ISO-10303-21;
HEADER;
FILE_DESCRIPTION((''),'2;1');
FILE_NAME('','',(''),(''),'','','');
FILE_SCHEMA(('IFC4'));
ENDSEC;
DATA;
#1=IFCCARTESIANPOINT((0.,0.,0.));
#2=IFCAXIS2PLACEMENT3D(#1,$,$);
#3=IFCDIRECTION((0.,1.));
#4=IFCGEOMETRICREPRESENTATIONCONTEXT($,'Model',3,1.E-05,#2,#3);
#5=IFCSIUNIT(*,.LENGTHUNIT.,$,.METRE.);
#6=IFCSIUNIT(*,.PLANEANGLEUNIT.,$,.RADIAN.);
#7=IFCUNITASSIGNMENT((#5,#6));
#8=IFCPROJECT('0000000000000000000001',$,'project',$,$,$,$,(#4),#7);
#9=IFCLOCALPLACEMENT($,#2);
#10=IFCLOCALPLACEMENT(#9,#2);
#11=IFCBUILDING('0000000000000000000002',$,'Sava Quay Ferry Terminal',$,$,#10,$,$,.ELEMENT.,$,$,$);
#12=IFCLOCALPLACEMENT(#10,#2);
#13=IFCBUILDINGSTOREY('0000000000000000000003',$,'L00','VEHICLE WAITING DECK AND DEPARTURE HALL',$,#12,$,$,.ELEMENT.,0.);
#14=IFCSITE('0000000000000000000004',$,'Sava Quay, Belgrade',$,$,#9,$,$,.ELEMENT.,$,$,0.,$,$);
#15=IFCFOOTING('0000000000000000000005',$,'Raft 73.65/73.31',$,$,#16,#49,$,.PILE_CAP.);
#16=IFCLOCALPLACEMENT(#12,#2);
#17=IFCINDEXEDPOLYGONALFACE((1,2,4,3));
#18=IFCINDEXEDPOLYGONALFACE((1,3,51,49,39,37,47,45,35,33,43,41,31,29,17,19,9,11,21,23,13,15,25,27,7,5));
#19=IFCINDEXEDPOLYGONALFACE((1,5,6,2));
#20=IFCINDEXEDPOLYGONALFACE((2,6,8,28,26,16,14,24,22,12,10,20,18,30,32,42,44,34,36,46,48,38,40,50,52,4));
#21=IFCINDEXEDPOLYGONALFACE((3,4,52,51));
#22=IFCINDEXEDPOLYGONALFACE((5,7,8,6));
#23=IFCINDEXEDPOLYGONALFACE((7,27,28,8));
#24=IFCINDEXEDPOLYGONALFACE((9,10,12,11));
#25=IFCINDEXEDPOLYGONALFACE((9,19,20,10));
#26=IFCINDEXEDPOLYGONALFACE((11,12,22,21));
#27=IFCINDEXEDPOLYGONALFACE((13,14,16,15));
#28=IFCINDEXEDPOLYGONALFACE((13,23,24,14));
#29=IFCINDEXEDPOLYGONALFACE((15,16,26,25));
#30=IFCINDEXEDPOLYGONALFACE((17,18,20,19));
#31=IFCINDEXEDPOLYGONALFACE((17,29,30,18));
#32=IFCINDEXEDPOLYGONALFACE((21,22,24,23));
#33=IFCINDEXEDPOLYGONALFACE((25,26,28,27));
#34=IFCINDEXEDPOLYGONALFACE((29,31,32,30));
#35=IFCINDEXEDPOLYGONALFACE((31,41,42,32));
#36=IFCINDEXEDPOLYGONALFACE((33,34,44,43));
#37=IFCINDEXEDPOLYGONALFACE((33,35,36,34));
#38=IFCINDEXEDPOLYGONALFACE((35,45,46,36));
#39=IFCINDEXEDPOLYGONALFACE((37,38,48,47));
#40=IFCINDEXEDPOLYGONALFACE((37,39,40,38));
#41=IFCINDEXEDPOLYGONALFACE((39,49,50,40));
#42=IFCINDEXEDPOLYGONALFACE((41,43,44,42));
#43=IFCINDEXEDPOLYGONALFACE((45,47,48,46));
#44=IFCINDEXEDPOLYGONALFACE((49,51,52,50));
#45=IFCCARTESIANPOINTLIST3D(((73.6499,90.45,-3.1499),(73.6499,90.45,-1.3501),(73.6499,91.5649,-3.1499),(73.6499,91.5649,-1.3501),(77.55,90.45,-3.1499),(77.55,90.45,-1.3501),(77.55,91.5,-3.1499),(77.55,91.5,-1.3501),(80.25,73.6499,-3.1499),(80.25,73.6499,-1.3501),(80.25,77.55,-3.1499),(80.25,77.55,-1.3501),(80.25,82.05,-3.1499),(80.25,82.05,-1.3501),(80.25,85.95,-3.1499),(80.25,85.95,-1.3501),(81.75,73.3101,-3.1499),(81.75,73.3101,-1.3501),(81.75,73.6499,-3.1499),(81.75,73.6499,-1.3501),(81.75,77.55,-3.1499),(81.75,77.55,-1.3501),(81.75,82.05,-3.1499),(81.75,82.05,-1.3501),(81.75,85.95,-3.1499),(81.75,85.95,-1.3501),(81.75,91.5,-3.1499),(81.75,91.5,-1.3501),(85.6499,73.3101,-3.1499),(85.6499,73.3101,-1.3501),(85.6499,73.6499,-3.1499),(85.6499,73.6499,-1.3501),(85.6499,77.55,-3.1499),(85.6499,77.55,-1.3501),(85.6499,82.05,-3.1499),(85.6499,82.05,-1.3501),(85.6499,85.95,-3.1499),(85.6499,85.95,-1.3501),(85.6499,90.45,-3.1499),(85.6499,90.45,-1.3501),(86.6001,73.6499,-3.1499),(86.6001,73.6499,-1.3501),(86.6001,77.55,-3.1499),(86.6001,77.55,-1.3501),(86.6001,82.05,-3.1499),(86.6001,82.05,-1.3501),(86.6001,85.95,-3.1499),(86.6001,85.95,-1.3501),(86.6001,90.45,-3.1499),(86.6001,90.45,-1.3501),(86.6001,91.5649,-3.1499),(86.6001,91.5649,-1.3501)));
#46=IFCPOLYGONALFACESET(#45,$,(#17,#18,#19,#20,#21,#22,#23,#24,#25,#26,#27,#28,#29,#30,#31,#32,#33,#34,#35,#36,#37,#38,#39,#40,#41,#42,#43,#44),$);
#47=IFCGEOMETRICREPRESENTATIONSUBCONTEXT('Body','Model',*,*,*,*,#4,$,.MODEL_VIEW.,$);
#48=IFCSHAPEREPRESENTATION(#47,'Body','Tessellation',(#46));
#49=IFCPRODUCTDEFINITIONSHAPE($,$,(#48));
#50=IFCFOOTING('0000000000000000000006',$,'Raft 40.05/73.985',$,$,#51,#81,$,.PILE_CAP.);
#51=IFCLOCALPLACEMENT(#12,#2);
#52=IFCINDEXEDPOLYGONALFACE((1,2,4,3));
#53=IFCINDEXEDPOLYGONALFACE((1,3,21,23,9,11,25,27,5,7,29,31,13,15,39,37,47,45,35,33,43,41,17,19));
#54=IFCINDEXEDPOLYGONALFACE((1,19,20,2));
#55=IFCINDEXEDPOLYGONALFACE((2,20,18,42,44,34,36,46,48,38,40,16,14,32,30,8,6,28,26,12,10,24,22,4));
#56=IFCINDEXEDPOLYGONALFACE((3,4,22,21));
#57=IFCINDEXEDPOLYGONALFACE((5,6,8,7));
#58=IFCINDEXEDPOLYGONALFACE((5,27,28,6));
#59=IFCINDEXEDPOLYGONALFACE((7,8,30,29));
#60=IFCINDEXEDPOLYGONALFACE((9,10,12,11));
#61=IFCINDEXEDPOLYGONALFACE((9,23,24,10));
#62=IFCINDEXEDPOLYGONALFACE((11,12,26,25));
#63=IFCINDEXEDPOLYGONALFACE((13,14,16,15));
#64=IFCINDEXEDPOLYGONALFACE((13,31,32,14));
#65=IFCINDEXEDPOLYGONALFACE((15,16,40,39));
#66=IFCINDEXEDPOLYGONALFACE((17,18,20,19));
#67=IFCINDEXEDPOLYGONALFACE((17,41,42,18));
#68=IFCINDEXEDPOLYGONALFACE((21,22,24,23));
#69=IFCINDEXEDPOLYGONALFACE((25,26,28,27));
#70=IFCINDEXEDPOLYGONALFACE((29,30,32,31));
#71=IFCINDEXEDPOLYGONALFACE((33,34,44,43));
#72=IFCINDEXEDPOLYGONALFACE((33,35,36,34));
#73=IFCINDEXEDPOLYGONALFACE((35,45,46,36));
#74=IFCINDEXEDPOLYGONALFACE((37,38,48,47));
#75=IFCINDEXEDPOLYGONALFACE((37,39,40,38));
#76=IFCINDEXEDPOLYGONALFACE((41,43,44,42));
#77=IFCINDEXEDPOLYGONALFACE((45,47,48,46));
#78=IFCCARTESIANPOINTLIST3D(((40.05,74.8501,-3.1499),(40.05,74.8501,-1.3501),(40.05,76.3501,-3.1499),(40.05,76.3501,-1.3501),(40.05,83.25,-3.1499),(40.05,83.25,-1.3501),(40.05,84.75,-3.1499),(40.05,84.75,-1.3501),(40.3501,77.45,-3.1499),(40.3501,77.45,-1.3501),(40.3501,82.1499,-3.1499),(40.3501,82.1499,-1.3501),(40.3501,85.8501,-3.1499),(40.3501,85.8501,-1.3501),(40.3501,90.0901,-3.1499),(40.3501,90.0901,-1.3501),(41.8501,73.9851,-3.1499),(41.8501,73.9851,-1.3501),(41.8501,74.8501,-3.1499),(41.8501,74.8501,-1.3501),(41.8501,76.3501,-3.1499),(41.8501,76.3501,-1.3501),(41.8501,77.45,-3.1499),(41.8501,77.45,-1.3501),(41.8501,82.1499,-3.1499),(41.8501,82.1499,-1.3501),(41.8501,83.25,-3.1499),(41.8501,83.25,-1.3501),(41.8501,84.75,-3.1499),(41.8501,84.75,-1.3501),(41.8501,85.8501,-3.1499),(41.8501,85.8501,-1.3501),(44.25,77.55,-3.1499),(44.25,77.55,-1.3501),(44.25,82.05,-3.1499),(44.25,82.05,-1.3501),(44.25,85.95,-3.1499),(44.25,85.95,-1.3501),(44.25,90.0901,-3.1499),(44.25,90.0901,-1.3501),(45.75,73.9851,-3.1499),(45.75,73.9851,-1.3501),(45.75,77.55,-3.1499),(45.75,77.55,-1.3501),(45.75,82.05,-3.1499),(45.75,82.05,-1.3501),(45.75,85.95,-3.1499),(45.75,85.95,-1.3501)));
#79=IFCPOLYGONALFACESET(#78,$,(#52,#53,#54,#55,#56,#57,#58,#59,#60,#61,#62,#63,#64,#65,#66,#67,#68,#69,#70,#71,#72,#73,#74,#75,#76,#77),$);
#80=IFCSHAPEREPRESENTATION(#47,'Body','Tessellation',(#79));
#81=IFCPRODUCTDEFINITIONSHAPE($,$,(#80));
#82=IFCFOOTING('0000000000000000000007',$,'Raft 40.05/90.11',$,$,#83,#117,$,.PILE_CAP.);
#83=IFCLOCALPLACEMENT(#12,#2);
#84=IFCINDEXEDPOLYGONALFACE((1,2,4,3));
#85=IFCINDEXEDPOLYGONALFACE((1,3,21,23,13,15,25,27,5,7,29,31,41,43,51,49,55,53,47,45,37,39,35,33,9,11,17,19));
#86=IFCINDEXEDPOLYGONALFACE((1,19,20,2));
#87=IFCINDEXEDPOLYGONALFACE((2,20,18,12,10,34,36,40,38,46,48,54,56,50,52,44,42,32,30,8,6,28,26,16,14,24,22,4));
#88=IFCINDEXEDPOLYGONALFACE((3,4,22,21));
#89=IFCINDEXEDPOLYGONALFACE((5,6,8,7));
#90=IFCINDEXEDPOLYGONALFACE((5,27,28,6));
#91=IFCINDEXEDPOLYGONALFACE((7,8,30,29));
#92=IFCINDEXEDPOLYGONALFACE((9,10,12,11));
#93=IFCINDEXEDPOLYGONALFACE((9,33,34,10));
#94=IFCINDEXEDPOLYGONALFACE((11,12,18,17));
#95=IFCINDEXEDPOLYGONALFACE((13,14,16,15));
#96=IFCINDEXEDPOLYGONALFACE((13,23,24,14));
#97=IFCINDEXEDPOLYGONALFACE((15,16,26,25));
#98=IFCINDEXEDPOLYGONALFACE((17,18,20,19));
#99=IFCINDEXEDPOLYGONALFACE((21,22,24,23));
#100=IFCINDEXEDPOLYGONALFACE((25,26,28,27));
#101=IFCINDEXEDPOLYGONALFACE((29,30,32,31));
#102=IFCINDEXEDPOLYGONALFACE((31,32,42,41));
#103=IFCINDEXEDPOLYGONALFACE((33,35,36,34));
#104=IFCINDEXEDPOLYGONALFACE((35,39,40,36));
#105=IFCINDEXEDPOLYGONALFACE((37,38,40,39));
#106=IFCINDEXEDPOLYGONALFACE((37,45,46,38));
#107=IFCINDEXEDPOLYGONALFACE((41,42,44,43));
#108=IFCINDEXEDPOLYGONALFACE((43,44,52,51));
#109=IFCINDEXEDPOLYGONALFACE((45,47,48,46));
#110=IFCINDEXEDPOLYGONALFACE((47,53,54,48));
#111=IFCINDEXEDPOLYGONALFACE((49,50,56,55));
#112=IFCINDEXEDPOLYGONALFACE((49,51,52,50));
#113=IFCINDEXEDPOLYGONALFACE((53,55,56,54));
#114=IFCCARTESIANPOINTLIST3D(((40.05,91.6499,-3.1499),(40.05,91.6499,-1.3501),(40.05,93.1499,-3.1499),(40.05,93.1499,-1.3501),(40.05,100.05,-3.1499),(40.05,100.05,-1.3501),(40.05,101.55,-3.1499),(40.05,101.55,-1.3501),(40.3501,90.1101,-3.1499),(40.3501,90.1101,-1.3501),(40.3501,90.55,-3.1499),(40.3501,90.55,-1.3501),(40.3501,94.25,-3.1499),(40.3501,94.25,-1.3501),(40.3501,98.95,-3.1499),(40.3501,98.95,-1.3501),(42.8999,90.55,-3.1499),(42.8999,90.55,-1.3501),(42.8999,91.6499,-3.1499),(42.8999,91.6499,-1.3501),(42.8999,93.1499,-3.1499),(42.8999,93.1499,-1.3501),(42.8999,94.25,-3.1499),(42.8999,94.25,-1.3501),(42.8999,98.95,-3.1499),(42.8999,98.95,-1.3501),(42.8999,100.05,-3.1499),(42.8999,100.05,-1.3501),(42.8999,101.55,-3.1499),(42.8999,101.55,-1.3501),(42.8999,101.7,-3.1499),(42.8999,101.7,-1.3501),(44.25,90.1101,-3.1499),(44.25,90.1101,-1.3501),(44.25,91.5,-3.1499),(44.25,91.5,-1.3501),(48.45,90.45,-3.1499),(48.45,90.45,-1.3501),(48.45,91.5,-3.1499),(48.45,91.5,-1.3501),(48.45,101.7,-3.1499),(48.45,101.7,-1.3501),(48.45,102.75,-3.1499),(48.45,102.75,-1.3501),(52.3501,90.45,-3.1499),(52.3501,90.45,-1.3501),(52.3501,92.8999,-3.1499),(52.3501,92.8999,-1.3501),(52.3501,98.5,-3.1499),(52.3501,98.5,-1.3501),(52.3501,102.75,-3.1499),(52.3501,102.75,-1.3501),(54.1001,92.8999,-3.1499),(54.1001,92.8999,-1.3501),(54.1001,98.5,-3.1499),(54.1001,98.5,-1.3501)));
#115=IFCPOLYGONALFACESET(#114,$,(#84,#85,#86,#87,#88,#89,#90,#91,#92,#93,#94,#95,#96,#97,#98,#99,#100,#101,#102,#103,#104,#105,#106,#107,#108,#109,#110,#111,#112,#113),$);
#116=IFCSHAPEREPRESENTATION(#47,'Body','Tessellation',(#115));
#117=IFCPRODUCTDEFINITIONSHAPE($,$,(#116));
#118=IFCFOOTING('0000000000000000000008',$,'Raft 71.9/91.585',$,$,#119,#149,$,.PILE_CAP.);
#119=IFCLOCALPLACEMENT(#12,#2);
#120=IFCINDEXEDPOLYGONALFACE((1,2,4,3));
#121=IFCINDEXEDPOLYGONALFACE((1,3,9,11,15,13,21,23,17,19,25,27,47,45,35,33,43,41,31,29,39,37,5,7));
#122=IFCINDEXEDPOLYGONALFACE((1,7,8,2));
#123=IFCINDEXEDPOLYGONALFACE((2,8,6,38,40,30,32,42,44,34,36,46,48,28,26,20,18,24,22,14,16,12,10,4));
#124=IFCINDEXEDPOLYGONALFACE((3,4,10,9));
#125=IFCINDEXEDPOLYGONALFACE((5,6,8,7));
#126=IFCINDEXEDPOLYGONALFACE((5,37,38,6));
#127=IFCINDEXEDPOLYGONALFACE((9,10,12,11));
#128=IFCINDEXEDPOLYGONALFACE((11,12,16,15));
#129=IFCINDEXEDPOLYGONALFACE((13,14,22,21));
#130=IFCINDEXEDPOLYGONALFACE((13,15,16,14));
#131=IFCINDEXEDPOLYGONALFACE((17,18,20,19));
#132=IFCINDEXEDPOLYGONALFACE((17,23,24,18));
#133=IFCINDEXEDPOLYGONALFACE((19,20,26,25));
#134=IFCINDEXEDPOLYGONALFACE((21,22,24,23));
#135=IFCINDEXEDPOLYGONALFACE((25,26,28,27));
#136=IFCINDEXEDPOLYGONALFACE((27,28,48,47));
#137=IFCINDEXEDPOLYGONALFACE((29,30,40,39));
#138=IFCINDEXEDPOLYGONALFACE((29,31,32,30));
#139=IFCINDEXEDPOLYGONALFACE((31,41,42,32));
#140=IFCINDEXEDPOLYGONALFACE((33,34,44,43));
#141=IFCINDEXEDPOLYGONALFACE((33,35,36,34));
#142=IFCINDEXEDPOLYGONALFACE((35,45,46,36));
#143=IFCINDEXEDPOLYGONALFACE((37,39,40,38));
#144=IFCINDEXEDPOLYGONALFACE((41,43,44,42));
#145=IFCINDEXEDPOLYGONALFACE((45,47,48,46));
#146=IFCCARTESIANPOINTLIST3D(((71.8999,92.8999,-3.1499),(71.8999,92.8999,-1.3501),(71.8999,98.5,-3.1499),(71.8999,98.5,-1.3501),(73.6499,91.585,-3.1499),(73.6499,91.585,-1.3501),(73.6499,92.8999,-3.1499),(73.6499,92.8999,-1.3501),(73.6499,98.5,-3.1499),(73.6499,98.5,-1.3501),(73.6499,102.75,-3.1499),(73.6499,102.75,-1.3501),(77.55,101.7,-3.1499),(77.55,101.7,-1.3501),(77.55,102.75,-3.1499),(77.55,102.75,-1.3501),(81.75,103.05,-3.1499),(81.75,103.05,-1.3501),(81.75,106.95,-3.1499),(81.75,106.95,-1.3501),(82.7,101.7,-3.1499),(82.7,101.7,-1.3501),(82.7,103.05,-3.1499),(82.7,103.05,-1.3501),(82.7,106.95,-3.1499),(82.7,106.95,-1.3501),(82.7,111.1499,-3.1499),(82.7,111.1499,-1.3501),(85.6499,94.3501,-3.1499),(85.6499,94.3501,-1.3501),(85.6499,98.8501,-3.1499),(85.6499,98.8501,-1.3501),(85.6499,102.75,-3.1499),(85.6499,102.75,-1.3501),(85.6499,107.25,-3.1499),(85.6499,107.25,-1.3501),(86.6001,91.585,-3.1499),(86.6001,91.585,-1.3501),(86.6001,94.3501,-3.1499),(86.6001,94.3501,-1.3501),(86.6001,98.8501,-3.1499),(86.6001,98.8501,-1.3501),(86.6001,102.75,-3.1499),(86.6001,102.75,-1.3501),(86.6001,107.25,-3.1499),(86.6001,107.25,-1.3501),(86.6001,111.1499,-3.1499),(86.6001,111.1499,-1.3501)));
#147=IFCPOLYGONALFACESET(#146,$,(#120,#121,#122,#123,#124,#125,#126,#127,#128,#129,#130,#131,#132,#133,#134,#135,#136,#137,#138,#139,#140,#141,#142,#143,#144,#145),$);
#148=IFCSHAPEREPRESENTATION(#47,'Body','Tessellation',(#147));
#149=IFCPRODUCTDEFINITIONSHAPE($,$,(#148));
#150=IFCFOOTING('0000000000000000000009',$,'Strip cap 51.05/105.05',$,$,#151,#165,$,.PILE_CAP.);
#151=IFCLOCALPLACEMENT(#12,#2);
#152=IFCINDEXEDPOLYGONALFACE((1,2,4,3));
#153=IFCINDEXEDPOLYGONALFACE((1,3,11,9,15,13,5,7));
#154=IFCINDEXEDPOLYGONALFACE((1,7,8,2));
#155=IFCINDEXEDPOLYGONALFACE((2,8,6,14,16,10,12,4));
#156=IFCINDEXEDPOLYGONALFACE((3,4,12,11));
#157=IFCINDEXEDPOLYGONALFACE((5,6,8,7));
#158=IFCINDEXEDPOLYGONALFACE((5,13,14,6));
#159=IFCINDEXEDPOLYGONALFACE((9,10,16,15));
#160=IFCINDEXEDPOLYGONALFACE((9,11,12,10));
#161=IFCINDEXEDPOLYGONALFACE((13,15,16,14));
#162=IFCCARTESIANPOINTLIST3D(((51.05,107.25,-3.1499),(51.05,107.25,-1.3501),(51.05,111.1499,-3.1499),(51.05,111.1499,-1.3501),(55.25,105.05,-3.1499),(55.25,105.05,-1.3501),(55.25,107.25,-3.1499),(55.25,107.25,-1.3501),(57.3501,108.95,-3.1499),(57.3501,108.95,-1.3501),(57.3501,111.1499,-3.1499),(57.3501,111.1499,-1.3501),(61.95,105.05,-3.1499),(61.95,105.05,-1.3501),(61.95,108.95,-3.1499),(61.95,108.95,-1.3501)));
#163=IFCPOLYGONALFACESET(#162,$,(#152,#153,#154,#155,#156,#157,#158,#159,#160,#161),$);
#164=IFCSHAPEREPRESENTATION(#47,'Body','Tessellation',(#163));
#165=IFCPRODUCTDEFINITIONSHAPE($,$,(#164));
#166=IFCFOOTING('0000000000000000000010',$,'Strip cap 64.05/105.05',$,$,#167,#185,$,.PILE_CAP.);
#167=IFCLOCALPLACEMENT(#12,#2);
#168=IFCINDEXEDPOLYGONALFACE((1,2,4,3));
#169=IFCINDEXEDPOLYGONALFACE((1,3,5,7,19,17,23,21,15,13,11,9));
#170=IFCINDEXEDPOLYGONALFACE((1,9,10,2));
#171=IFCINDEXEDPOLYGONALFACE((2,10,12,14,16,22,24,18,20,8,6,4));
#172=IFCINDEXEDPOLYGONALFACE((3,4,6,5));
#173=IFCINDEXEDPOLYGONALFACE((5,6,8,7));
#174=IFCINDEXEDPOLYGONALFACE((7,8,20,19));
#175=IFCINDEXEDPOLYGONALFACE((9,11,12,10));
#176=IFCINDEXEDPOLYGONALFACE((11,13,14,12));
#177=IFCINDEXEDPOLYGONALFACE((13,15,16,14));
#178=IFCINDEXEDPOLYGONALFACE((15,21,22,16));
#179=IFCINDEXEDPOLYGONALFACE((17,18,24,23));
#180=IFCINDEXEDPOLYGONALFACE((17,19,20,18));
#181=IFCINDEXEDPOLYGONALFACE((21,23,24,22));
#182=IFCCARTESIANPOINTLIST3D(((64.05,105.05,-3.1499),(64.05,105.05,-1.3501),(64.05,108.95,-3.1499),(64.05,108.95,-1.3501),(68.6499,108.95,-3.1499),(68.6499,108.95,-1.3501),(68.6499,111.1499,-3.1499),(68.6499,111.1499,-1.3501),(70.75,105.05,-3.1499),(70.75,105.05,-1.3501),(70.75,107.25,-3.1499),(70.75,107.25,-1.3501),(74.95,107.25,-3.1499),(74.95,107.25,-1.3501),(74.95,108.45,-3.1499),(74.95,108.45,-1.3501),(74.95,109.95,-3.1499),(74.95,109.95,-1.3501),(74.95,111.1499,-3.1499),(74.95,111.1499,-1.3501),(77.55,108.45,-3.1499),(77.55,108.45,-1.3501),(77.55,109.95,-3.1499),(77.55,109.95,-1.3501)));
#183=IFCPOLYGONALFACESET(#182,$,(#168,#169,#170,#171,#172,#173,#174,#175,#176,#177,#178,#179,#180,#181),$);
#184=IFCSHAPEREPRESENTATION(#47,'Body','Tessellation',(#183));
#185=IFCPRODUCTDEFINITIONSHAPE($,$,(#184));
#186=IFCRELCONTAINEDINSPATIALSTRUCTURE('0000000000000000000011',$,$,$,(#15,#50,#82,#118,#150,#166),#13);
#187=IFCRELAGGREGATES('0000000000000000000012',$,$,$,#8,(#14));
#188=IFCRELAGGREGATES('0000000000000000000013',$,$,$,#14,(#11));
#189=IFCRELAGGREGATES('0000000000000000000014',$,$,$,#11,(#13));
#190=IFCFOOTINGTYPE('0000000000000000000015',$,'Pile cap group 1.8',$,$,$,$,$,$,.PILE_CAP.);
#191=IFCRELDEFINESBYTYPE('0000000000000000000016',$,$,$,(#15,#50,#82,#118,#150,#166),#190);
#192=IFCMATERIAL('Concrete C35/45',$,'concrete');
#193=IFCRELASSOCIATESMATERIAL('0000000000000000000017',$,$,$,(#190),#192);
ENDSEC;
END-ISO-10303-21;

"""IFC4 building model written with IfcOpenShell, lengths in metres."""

from ifc_helpers import new_model, si_unit, direction, frame, origin, place, context, subcontext, project, spatial, polyline, outline, extrude, material, type_object, element, save


model = new_model("IFC4")

# Units and contexts
model_context = context("Model", 3, precision=1e-05, world=origin(), true_north=direction((0.0, 1.0)))
body_context = subcontext(model_context, "Body", "Model", "MODEL_VIEW")
ifc_project = project(units=[si_unit("LENGTHUNIT", "METRE"), si_unit("PLANEANGLEUNIT", "RADIAN")], contexts=[model_context])

# Site, building, storey
site_placement = place(None, origin())
site = spatial("IfcSite", under=ifc_project, at=site_placement, Name="Sava Quay, Belgrade", CompositionType="ELEMENT", RefElevation=0.0)
building_placement = place(site_placement, origin())
building = spatial("IfcBuilding", under=site, at=building_placement, Name="Sava Quay Ferry Terminal", CompositionType="ELEMENT")
storey_placement = place(building_placement, origin())
storey = spatial("IfcBuildingStorey", under=building, at=storey_placement, Name="L00", Description="VEHICLE WAITING DECK AND DEPARTURE HALL", CompositionType="ELEMENT", Elevation=0.0)

# Footings
ifc_material_1 = material(Name="Concrete C35/45", Category="concrete")
footing_type = type_object("IfcFootingType", Name="Pile cap group 1.8", PredefinedType="PILE_CAP", material=ifc_material_1)
footing_1_placement = place(storey_placement, frame((0.0, 0.0, -3.1499)))
element("IfcFooting", 1, at=footing_1_placement, inside=storey, type_object=footing_type, Name="Raft 73.65/73.31", PredefinedType="PILE_CAP", context=body_context, shape_type="SweptSolid", body=[
    extrude(outline(polyline([(86.6001, 90.45), (85.6499, 90.45), (85.6499, 85.95), (86.6001, 85.95), (86.6001, 82.05), (85.6499, 82.05), (85.6499, 77.55), (86.6001, 77.55), (86.6001, 73.6499), (85.6499, 73.6499), (85.6499, 73.3101), (81.75, 73.3101), (81.75, 73.6499), (80.25, 73.6499), (80.25, 77.55), (81.75, 77.55), (81.75, 82.05), (80.25, 82.05), (80.25, 85.95), (81.75, 85.95), (81.75, 91.5), (77.55, 91.5), (77.55, 90.45), (73.6499, 90.45), (73.6499, 91.5649), (86.6001, 91.5649), (86.6001, 90.45)])), origin(), (0.0, 0.0, 1.0), 1.7998),
])
footing_2_placement = place(storey_placement, frame((0.0, 0.0, -3.1499)))
element("IfcFooting", 2, at=footing_2_placement, inside=storey, type_object=footing_type, Name="Raft 40.05/73.985", PredefinedType="PILE_CAP", context=body_context, shape_type="SweptSolid", body=[
    extrude(outline(polyline([(40.05, 74.8501), (40.05, 76.3501), (41.8501, 76.3501), (41.8501, 77.45), (40.3501, 77.45), (40.3501, 82.1499), (41.8501, 82.1499), (41.8501, 83.25), (40.05, 83.25), (40.05, 84.75), (41.8501, 84.75), (41.8501, 85.8501), (40.3501, 85.8501), (40.3501, 90.0901), (44.25, 90.0901), (44.25, 85.95), (45.75, 85.95), (45.75, 82.05), (44.25, 82.05), (44.25, 77.55), (45.75, 77.55), (45.75, 73.9851), (41.8501, 73.9851), (41.8501, 74.8501), (40.05, 74.8501)])), origin(), (0.0, 0.0, 1.0), 1.7998),
])
footing_3_placement = place(storey_placement, frame((0.0, 0.0, -3.1499)))
element("IfcFooting", 3, at=footing_3_placement, inside=storey, type_object=footing_type, Name="Raft 40.05/90.11", PredefinedType="PILE_CAP", context=body_context, shape_type="SweptSolid", body=[
    extrude(outline(polyline([(40.3501, 90.55), (42.8999, 90.55), (42.8999, 91.6499), (40.05, 91.6499), (40.05, 93.1499), (42.8999, 93.1499), (42.8999, 94.25), (40.3501, 94.25), (40.3501, 98.95), (42.8999, 98.95), (42.8999, 100.05), (40.05, 100.05), (40.05, 101.55), (42.8999, 101.55), (42.8999, 101.7), (48.45, 101.7), (48.45, 102.75), (52.3501, 102.75), (52.3501, 98.5), (54.1001, 98.5), (54.1001, 92.8999), (52.3501, 92.8999), (52.3501, 90.45), (48.45, 90.45), (48.45, 91.5), (44.25, 91.5), (44.25, 90.1101), (40.3501, 90.1101), (40.3501, 90.55)])), origin(), (0.0, 0.0, 1.0), 1.7998),
])
footing_4_placement = place(storey_placement, frame((0.0, 0.0, -3.1499)))
element("IfcFooting", 4, at=footing_4_placement, inside=storey, type_object=footing_type, Name="Raft 71.9/91.585", PredefinedType="PILE_CAP", context=body_context, shape_type="SweptSolid", body=[
    extrude(outline(polyline([(77.55, 102.75), (77.55, 101.7), (82.7, 101.7), (82.7, 103.05), (81.75, 103.05), (81.75, 106.95), (82.7, 106.95), (82.7, 111.1499), (86.6001, 111.1499), (86.6001, 107.25), (85.6499, 107.25), (85.6499, 102.75), (86.6001, 102.75), (86.6001, 98.8501), (85.6499, 98.8501), (85.6499, 94.3501), (86.6001, 94.3501), (86.6001, 91.585), (73.6499, 91.585), (73.6499, 92.8999), (71.8999, 92.8999), (71.8999, 98.5), (73.6499, 98.5), (73.6499, 102.75), (77.55, 102.75)])), origin(), (0.0, 0.0, 1.0), 1.7998),
])
footing_5_placement = place(storey_placement, frame((0.0, 0.0, -3.1499)))
element("IfcFooting", 5, at=footing_5_placement, inside=storey, type_object=footing_type, Name="Strip cap 51.05/105.05", PredefinedType="PILE_CAP", context=body_context, shape_type="SweptSolid", body=[
    extrude(outline(polyline([(55.25, 107.25), (51.05, 107.25), (51.05, 111.1499), (57.3501, 111.1499), (57.3501, 108.95), (61.95, 108.95), (61.95, 105.05), (55.25, 105.05), (55.25, 107.25)])), origin(), (0.0, 0.0, 1.0), 1.7998),
])
footing_6_placement = place(storey_placement, frame((0.0, 0.0, -3.1499)))
element("IfcFooting", 6, at=footing_6_placement, inside=storey, type_object=footing_type, Name="Strip cap 64.05/105.05", PredefinedType="PILE_CAP", context=body_context, shape_type="SweptSolid", body=[
    extrude(outline(polyline([(64.05, 108.95), (68.6499, 108.95), (68.6499, 111.1499), (74.95, 111.1499), (74.95, 109.95), (77.55, 109.95), (77.55, 108.45), (74.95, 108.45), (74.95, 107.25), (70.75, 107.25), (70.75, 105.05), (64.05, 105.05), (64.05, 108.95)])), origin(), (0.0, 0.0, 1.0), 1.7998),
])

save(model, "model.ifc")
